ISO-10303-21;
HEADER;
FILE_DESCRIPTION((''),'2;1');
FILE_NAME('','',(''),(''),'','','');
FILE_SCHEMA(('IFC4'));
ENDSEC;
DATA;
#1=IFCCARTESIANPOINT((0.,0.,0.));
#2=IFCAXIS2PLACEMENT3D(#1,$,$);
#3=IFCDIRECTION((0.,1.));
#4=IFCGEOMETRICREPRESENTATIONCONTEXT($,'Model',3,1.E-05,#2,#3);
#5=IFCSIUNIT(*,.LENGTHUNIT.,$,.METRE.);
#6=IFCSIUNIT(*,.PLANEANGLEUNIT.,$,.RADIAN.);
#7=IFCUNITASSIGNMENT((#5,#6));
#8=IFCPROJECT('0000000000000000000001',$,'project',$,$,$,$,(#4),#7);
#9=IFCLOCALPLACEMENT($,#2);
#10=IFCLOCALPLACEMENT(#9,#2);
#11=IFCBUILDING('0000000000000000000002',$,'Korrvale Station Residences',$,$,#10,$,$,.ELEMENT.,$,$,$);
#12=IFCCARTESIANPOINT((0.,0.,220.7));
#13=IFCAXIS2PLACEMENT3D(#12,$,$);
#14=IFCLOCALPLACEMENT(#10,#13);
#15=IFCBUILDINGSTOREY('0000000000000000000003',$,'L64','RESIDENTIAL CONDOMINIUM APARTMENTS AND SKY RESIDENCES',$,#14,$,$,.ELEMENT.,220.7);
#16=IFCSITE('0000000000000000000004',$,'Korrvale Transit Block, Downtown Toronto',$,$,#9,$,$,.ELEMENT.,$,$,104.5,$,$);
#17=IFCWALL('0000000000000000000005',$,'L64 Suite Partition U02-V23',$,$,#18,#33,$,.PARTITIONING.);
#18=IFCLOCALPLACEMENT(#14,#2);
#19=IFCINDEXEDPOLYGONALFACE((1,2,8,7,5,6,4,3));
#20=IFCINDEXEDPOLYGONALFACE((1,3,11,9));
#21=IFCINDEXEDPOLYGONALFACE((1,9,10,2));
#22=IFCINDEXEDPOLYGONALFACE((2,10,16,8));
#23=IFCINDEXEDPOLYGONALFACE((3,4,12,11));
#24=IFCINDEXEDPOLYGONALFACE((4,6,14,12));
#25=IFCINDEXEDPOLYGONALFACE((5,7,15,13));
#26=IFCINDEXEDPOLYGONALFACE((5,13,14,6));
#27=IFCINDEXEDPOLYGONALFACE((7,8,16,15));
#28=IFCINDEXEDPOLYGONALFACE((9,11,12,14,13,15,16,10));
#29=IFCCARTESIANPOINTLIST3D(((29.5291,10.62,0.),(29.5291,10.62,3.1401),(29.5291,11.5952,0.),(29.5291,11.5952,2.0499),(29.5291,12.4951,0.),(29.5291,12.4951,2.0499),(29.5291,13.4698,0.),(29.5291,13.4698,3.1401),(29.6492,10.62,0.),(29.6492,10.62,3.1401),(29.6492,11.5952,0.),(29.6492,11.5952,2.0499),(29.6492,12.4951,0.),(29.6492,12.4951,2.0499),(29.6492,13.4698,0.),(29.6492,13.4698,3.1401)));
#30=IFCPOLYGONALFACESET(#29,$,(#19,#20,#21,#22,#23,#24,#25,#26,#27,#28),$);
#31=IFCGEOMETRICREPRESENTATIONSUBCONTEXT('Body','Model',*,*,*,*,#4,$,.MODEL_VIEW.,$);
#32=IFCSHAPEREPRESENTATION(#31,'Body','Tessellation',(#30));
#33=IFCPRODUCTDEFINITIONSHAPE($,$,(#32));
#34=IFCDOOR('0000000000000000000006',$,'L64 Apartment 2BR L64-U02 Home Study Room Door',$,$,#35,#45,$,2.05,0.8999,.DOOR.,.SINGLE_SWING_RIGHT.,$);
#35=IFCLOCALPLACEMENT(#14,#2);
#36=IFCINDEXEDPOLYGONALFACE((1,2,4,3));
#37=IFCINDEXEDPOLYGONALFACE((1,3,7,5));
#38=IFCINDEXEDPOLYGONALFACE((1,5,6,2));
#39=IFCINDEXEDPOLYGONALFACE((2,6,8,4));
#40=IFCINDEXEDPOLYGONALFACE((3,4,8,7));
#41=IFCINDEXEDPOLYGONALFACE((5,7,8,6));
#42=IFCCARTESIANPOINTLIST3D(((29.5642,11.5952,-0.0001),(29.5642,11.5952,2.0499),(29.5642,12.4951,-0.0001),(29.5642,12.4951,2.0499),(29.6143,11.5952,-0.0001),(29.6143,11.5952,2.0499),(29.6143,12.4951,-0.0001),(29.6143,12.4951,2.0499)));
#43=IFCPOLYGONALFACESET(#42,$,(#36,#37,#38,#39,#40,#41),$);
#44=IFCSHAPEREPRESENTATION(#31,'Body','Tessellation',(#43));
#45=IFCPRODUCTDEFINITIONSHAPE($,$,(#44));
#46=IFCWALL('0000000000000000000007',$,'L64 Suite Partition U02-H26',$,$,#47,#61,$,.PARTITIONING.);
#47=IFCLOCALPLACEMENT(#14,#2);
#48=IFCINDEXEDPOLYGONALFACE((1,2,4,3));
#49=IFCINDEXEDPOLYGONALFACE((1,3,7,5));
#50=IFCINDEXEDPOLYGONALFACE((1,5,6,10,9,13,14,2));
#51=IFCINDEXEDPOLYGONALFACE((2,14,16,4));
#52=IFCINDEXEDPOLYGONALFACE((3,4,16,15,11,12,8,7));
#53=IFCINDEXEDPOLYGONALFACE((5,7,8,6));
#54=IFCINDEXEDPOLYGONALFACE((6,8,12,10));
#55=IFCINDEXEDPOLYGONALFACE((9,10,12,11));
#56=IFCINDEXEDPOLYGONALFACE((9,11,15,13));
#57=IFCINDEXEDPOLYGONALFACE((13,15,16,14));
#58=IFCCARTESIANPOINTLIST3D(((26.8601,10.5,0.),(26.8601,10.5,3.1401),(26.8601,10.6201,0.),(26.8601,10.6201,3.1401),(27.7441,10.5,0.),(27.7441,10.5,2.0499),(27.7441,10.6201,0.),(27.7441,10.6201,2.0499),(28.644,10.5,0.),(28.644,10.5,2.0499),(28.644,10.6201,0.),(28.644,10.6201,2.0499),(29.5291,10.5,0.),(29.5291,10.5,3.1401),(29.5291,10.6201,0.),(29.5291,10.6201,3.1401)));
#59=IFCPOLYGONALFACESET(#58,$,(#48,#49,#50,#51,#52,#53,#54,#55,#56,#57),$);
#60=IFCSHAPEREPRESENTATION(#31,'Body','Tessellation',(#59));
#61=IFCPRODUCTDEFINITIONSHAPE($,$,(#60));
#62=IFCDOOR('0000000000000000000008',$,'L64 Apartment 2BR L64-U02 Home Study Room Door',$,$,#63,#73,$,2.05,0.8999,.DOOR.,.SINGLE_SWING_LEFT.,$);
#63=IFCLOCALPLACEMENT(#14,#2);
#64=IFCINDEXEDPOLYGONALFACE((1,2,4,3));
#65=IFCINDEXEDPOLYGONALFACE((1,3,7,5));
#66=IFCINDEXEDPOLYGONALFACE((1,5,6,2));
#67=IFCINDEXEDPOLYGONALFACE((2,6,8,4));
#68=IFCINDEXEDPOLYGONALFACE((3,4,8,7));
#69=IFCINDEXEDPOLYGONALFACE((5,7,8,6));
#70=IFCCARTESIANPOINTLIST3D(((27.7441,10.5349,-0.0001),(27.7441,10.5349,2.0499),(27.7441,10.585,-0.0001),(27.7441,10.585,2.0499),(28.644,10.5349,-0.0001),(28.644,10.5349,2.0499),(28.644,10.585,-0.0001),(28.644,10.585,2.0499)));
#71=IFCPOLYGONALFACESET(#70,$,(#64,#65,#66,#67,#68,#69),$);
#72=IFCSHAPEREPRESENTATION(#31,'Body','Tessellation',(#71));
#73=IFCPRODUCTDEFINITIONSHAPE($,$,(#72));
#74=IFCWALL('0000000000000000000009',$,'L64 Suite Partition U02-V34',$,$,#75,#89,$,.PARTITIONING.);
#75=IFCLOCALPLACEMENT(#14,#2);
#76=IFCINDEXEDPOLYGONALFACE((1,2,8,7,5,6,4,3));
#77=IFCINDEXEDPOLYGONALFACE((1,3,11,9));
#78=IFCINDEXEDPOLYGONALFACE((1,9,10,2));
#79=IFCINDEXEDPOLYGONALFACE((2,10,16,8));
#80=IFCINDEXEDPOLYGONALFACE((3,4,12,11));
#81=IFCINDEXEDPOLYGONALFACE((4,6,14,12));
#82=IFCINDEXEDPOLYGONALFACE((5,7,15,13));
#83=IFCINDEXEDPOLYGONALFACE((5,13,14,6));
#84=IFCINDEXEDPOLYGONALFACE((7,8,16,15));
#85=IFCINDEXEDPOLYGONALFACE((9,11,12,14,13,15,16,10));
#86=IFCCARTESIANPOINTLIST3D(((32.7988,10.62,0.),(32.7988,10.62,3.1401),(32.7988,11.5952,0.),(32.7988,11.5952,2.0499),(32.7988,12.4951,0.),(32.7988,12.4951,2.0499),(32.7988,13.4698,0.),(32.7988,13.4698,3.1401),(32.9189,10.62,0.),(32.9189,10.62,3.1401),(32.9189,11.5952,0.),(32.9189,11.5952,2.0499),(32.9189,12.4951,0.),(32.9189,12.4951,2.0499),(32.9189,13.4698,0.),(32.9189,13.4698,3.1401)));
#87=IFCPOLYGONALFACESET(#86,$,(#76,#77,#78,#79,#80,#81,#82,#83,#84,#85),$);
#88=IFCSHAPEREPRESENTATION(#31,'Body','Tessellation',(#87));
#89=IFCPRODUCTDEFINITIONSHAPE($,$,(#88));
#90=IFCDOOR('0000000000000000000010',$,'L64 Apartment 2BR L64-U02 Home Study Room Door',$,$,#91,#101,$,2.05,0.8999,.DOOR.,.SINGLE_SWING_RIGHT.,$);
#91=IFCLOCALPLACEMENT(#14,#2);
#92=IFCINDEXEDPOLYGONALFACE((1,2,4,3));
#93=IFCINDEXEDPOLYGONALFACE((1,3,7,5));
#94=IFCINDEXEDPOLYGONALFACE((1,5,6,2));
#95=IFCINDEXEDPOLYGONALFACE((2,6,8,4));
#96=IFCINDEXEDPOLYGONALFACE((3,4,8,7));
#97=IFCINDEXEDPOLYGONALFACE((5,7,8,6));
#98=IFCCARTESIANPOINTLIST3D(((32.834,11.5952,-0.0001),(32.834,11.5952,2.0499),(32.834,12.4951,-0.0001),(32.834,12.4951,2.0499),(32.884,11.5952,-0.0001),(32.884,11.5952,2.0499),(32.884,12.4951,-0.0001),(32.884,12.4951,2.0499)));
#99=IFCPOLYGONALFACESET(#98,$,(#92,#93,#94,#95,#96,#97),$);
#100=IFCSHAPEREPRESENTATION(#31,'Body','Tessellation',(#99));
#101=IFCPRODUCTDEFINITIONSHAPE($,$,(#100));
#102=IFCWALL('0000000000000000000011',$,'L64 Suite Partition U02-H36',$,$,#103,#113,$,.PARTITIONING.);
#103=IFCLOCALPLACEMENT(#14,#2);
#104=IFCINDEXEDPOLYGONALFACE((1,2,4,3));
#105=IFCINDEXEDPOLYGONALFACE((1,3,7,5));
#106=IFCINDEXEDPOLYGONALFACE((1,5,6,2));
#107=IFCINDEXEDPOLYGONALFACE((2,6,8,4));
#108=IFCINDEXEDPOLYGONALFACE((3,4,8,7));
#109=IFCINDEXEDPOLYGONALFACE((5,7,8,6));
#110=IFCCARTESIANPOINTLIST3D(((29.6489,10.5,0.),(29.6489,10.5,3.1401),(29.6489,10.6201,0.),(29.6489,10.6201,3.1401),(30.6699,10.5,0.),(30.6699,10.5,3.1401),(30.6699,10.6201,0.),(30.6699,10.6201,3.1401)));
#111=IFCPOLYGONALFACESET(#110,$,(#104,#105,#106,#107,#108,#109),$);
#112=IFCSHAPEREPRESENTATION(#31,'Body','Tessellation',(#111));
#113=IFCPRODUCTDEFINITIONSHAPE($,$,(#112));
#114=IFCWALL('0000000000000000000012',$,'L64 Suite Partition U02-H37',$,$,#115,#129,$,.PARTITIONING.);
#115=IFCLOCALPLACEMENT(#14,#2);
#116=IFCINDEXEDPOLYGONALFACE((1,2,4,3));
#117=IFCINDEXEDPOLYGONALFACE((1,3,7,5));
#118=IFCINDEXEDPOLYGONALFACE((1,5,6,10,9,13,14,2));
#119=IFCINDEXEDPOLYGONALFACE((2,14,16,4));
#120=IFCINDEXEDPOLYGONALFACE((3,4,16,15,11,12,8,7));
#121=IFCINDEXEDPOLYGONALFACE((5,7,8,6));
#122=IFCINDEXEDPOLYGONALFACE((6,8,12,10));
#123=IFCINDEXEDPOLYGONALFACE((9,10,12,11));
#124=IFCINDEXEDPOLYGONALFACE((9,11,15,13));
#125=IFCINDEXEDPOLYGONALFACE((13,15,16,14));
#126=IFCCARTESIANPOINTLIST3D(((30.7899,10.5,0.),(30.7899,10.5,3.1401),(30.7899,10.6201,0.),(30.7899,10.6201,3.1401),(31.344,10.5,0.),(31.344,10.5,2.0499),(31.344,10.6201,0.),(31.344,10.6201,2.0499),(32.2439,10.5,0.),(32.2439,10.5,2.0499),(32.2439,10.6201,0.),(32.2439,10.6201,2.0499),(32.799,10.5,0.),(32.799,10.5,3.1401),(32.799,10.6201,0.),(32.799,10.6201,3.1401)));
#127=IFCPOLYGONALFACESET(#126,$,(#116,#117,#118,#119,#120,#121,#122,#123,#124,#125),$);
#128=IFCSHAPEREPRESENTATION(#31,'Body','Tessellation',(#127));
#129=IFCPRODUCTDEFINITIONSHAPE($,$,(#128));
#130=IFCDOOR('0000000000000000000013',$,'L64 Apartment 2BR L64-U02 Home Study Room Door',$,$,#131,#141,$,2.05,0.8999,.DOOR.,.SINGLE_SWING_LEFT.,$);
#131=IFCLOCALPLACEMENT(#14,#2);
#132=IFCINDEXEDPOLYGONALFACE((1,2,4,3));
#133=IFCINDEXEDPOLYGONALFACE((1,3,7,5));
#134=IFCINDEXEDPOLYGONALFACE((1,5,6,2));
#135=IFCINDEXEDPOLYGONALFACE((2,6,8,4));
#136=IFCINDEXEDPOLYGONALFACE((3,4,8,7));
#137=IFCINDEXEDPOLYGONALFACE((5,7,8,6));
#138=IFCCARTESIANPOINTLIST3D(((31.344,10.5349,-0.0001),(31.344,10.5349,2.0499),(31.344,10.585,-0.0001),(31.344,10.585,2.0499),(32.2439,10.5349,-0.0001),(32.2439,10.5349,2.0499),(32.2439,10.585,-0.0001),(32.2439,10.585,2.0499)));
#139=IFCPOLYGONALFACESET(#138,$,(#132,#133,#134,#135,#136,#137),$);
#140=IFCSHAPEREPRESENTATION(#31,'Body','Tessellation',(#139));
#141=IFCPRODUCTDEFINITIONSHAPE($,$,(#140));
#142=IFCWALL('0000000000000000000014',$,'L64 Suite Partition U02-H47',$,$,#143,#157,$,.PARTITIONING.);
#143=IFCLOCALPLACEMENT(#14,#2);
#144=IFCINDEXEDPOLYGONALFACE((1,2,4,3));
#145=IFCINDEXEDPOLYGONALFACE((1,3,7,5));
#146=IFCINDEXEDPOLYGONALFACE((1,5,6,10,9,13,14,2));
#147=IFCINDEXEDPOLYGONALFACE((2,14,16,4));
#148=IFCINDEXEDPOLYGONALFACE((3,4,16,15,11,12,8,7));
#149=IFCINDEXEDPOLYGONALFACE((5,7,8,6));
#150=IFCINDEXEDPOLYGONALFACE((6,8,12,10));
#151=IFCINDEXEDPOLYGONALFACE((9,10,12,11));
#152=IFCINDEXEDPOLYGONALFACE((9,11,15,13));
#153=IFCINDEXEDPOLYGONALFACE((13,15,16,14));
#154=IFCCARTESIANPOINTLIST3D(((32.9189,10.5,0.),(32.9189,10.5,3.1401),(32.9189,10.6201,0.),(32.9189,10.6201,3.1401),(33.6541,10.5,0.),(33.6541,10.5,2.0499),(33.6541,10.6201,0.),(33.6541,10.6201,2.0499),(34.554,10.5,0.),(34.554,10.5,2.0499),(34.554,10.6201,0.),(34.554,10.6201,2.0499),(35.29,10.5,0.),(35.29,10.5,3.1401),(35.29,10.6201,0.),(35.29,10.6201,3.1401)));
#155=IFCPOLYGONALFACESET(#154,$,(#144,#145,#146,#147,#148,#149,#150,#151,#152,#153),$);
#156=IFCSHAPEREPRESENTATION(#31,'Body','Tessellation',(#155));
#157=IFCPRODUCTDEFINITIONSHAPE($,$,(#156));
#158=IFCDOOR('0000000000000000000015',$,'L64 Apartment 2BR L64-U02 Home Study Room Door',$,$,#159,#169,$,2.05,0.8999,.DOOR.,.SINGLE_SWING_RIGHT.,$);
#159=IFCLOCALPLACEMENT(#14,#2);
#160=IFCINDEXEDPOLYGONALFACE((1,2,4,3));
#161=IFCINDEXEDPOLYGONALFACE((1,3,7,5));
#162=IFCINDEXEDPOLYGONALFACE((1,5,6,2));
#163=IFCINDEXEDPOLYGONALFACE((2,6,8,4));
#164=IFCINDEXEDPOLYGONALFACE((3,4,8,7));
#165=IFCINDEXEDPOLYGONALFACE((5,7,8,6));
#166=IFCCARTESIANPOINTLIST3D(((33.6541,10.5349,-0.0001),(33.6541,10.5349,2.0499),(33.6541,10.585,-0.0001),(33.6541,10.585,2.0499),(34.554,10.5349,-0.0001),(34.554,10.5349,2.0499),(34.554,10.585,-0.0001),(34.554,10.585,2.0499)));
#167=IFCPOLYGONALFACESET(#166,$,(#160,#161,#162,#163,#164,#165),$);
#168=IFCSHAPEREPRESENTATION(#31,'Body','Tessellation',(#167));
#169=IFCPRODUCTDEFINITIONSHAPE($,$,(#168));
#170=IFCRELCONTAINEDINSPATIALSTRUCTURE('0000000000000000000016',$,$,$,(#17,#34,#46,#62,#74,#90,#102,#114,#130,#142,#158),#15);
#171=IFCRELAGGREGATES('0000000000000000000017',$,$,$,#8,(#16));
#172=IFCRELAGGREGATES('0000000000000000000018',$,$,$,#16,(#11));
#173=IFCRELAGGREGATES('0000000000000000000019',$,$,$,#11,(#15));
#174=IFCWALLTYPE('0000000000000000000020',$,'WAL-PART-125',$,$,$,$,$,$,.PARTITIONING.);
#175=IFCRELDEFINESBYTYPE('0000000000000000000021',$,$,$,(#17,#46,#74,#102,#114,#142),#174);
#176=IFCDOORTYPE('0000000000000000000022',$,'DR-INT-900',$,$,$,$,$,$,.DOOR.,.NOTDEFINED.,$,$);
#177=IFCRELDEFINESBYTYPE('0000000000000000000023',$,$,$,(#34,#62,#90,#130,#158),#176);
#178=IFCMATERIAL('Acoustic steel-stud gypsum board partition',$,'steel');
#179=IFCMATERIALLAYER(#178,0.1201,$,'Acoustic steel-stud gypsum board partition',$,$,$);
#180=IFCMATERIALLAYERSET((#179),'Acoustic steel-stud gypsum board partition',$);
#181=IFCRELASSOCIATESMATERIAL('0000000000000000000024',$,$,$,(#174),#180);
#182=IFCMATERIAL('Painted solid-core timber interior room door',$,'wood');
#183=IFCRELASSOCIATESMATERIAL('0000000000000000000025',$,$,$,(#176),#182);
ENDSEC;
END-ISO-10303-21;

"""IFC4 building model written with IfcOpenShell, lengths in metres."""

from ifc_helpers import new_model, si_unit, direction, frame, frame_2d, origin, place, context, subcontext, project, spatial, rectangle, extrude, material, layer, layer_set, type_object, element, fill, save


model = new_model("IFC4")

# Units and contexts
model_context = context("Model", 3, precision=1e-05, world=origin(), true_north=direction((0.0, 1.0)))
body_context = subcontext(model_context, "Body", "Model", "MODEL_VIEW")
ifc_project = project(units=[si_unit("LENGTHUNIT", "METRE"), si_unit("PLANEANGLEUNIT", "RADIAN")], contexts=[model_context])

# Site, building, storey
site_placement = place(None, origin())
site = spatial("IfcSite", under=ifc_project, at=site_placement, Name="Korrvale Transit Block, Downtown Toronto", CompositionType="ELEMENT", RefElevation=104.5)
building_placement = place(site_placement, origin())
building = spatial("IfcBuilding", under=site, at=building_placement, Name="Korrvale Station Residences", CompositionType="ELEMENT")
storey_placement = place(building_placement, frame((0.0, 0.0, 220.7)))
storey = spatial("IfcBuildingStorey", under=building, at=storey_placement, Name="L64", Description="RESIDENTIAL CONDOMINIUM APARTMENTS AND SKY RESIDENCES", CompositionType="ELEMENT", Elevation=220.7)

# Walls, openings, doors
ifc_material_1 = material(Name="Acoustic steel-stud gypsum board partition", Category="steel")
ifc_layer_1 = layer(ifc_material_1, 0.1201, Name="Acoustic steel-stud gypsum board partition")
ifc_layer_set_1 = layer_set([ifc_layer_1], Name="Acoustic steel-stud gypsum board partition")
wall_type = type_object("IfcWallType", Name="WAL-PART-125", PredefinedType="PARTITIONING", material=ifc_layer_set_1)
ifc_material_2 = material(Name="Painted solid-core timber interior room door", Category="wood")
door_type = type_object("IfcDoorType", Name="DR-INT-900", OperationType="NOTDEFINED", PredefinedType="DOOR", material=ifc_material_2)
wall_1_placement = place(storey_placement, frame((29.5891, 10.6201, 0.0), z_axis=(0.0, 0.0, 1.0), x_axis=(0.0, 1.0, 0.0)))
wall_1 = element("IfcWall", 1, at=wall_1_placement, inside=storey, type_object=wall_type, Name="L64 Suite Partition U02-V23", PredefinedType="PARTITIONING", context=body_context, shape_type="SweptSolid", body=[
    extrude(rectangle(XDim=2.8499, YDim=0.1201, at=frame_2d((1.4248, 0.0))), origin(), (0.0, 0.0, 1.0), 3.1401),
])
opening_1_placement = place(wall_1_placement, frame((0.9751, 0.0, 0.0)))
opening_1 = element("IfcOpeningElement", 2, at=opening_1_placement, cuts=wall_1, PredefinedType="OPENING", context=body_context, shape_type="SweptSolid", body=[
    extrude(rectangle(XDim=0.8999, YDim=2.05, at=frame_2d((0.45, 1.0249))), frame((0.0, 0.0701, 0.0), z_axis=(0.0, -1.0, 0.0), x_axis=(1.0, 0.0, 0.0)), (0.0, 0.0, 1.0), 0.1401),
])
door_1_placement = place(opening_1_placement, origin())
door_1 = element("IfcDoor", 3, at=door_1_placement, inside=storey, type_object=door_type, Name="L64 Apartment 2BR L64-U02 Home Study Room Door", OperationType="SINGLE_SWING_RIGHT", OverallHeight=2.05, OverallWidth=0.8999, PredefinedType="DOOR", context=body_context, shape_type="SweptSolid", body=[
    extrude(rectangle(XDim=0.8999, YDim=2.05, at=frame_2d((0.45, 1.0249))), frame((0.0, 0.0249, 0.0), z_axis=(0.0, -1.0, 0.0), x_axis=(1.0, 0.0, 0.0)), (0.0, 0.0, 1.0), 0.05),
])
fill(opening_1, door_1)
wall_2_placement = place(storey_placement, frame((26.8601, 10.5601, 0.0), z_axis=(0.0, 0.0, 1.0), x_axis=(1.0, 0.0, 0.0)))
wall_2 = element("IfcWall", 4, at=wall_2_placement, inside=storey, type_object=wall_type, Name="L64 Suite Partition U02-H26", PredefinedType="PARTITIONING", context=body_context, shape_type="SweptSolid", body=[
    extrude(rectangle(XDim=2.6689, YDim=0.1201, at=frame_2d((1.3345, 0.0))), origin(), (0.0, 0.0, 1.0), 3.1401),
])
opening_2_placement = place(wall_2_placement, frame((0.884, 0.0, 0.0)))
opening_2 = element("IfcOpeningElement", 5, at=opening_2_placement, cuts=wall_2, PredefinedType="OPENING", context=body_context, shape_type="SweptSolid", body=[
    extrude(rectangle(XDim=0.8999, YDim=2.05, at=frame_2d((0.45, 1.0249))), frame((0.0, 0.0701, 0.0), z_axis=(0.0, -1.0, 0.0), x_axis=(1.0, 0.0, 0.0)), (0.0, 0.0, 1.0), 0.1401),
])
door_2_placement = place(opening_2_placement, origin())
door_2 = element("IfcDoor", 6, at=door_2_placement, inside=storey, type_object=door_type, Name="L64 Apartment 2BR L64-U02 Home Study Room Door", OperationType="SINGLE_SWING_LEFT", OverallHeight=2.05, OverallWidth=0.8999, PredefinedType="DOOR", context=body_context, shape_type="SweptSolid", body=[
    extrude(rectangle(XDim=0.8999, YDim=2.05, at=frame_2d((0.45, 1.0249))), frame((0.0, 0.0249, 0.0), z_axis=(0.0, -1.0, 0.0), x_axis=(1.0, 0.0, 0.0)), (0.0, 0.0, 1.0), 0.05),
])
fill(opening_2, door_2)
wall_3_placement = place(storey_placement, frame((32.8589, 10.6201, 0.0), z_axis=(0.0, 0.0, 1.0), x_axis=(0.0, 1.0, 0.0)))
wall_3 = element("IfcWall", 7, at=wall_3_placement, inside=storey, type_object=wall_type, Name="L64 Suite Partition U02-V34", PredefinedType="PARTITIONING", context=body_context, shape_type="SweptSolid", body=[
    extrude(rectangle(XDim=2.8499, YDim=0.1201, at=frame_2d((1.4248, 0.0))), origin(), (0.0, 0.0, 1.0), 3.1401),
])
opening_3_placement = place(wall_3_placement, frame((0.9751, 0.0, 0.0)))
opening_3 = element("IfcOpeningElement", 8, at=opening_3_placement, cuts=wall_3, PredefinedType="OPENING", context=body_context, shape_type="SweptSolid", body=[
    extrude(rectangle(XDim=0.8999, YDim=2.05, at=frame_2d((0.45, 1.0249))), frame((0.0, 0.0701, 0.0), z_axis=(0.0, -1.0, 0.0), x_axis=(1.0, 0.0, 0.0)), (0.0, 0.0, 1.0), 0.1401),
])
door_3_placement = place(opening_3_placement, origin())
door_3 = element("IfcDoor", 9, at=door_3_placement, inside=storey, type_object=door_type, Name="L64 Apartment 2BR L64-U02 Home Study Room Door", OperationType="SINGLE_SWING_RIGHT", OverallHeight=2.05, OverallWidth=0.8999, PredefinedType="DOOR", context=body_context, shape_type="SweptSolid", body=[
    extrude(rectangle(XDim=0.8999, YDim=2.05, at=frame_2d((0.45, 1.0249))), frame((0.0, 0.0249, 0.0), z_axis=(0.0, -1.0, 0.0), x_axis=(1.0, 0.0, 0.0)), (0.0, 0.0, 1.0), 0.05),
])
fill(opening_3, door_3)

# Wall
wall_4_placement = place(storey_placement, frame((29.6489, 10.5601, 0.0), z_axis=(0.0, 0.0, 1.0), x_axis=(1.0, 0.0, 0.0)))
element("IfcWall", 10, at=wall_4_placement, inside=storey, type_object=wall_type, Name="L64 Suite Partition U02-H36", PredefinedType="PARTITIONING", context=body_context, shape_type="SweptSolid", body=[
    extrude(rectangle(XDim=1.021, YDim=0.1201, at=frame_2d((0.5105, 0.0))), origin(), (0.0, 0.0, 1.0), 3.1401),
])

# Walls, openings, doors
wall_5_placement = place(storey_placement, frame((30.79, 10.5601, 0.0), z_axis=(0.0, 0.0, 1.0), x_axis=(1.0, 0.0, 0.0)))
wall_5 = element("IfcWall", 11, at=wall_5_placement, inside=storey, type_object=wall_type, Name="L64 Suite Partition U02-H37", PredefinedType="PARTITIONING", context=body_context, shape_type="SweptSolid", body=[
    extrude(rectangle(XDim=2.009, YDim=0.1201, at=frame_2d((1.0044, 0.0))), origin(), (0.0, 0.0, 1.0), 3.1401),
])
opening_4_placement = place(wall_5_placement, frame((0.554, 0.0, 0.0)))
opening_4 = element("IfcOpeningElement", 12, at=opening_4_placement, cuts=wall_5, PredefinedType="OPENING", context=body_context, shape_type="SweptSolid", body=[
    extrude(rectangle(XDim=0.8999, YDim=2.05, at=frame_2d((0.45, 1.0249))), frame((0.0, 0.0701, 0.0), z_axis=(0.0, -1.0, 0.0), x_axis=(1.0, 0.0, 0.0)), (0.0, 0.0, 1.0), 0.1401),
])
door_4_placement = place(opening_4_placement, origin())
door_4 = element("IfcDoor", 13, at=door_4_placement, inside=storey, type_object=door_type, Name="L64 Apartment 2BR L64-U02 Home Study Room Door", OperationType="SINGLE_SWING_LEFT", OverallHeight=2.05, OverallWidth=0.8999, PredefinedType="DOOR", context=body_context, shape_type="SweptSolid", body=[
    extrude(rectangle(XDim=0.8999, YDim=2.05, at=frame_2d((0.45, 1.0249))), frame((0.0, 0.0249, 0.0), z_axis=(0.0, -1.0, 0.0), x_axis=(1.0, 0.0, 0.0)), (0.0, 0.0, 1.0), 0.05),
])
fill(opening_4, door_4)
wall_6_placement = place(storey_placement, frame((32.9189, 10.5601, 0.0), z_axis=(0.0, 0.0, 1.0), x_axis=(1.0, 0.0, 0.0)))
wall_6 = element("IfcWall", 14, at=wall_6_placement, inside=storey, type_object=wall_type, Name="L64 Suite Partition U02-H47", PredefinedType="PARTITIONING", context=body_context, shape_type="SweptSolid", body=[
    extrude(rectangle(XDim=2.3711, YDim=0.1201, at=frame_2d((1.1855, 0.0))), origin(), (0.0, 0.0, 1.0), 3.1401),
])
opening_5_placement = place(wall_6_placement, frame((0.7351, 0.0, 0.0)))
opening_5 = element("IfcOpeningElement", 15, at=opening_5_placement, cuts=wall_6, PredefinedType="OPENING", context=body_context, shape_type="SweptSolid", body=[
    extrude(rectangle(XDim=0.8999, YDim=2.05, at=frame_2d((0.45, 1.0249))), frame((0.0, 0.0701, 0.0), z_axis=(0.0, -1.0, 0.0), x_axis=(1.0, 0.0, 0.0)), (0.0, 0.0, 1.0), 0.1401),
])
door_5_placement = place(opening_5_placement, origin())
door_5 = element("IfcDoor", 16, at=door_5_placement, inside=storey, type_object=door_type, Name="L64 Apartment 2BR L64-U02 Home Study Room Door", OperationType="SINGLE_SWING_RIGHT", OverallHeight=2.05, OverallWidth=0.8999, PredefinedType="DOOR", context=body_context, shape_type="SweptSolid", body=[
    extrude(rectangle(XDim=0.8999, YDim=2.05, at=frame_2d((0.45, 1.0249))), frame((0.0, 0.0249, 0.0), z_axis=(0.0, -1.0, 0.0), x_axis=(1.0, 0.0, 0.0)), (0.0, 0.0, 1.0), 0.05),
])
fill(opening_5, door_5)

save(model, "model.ifc")
